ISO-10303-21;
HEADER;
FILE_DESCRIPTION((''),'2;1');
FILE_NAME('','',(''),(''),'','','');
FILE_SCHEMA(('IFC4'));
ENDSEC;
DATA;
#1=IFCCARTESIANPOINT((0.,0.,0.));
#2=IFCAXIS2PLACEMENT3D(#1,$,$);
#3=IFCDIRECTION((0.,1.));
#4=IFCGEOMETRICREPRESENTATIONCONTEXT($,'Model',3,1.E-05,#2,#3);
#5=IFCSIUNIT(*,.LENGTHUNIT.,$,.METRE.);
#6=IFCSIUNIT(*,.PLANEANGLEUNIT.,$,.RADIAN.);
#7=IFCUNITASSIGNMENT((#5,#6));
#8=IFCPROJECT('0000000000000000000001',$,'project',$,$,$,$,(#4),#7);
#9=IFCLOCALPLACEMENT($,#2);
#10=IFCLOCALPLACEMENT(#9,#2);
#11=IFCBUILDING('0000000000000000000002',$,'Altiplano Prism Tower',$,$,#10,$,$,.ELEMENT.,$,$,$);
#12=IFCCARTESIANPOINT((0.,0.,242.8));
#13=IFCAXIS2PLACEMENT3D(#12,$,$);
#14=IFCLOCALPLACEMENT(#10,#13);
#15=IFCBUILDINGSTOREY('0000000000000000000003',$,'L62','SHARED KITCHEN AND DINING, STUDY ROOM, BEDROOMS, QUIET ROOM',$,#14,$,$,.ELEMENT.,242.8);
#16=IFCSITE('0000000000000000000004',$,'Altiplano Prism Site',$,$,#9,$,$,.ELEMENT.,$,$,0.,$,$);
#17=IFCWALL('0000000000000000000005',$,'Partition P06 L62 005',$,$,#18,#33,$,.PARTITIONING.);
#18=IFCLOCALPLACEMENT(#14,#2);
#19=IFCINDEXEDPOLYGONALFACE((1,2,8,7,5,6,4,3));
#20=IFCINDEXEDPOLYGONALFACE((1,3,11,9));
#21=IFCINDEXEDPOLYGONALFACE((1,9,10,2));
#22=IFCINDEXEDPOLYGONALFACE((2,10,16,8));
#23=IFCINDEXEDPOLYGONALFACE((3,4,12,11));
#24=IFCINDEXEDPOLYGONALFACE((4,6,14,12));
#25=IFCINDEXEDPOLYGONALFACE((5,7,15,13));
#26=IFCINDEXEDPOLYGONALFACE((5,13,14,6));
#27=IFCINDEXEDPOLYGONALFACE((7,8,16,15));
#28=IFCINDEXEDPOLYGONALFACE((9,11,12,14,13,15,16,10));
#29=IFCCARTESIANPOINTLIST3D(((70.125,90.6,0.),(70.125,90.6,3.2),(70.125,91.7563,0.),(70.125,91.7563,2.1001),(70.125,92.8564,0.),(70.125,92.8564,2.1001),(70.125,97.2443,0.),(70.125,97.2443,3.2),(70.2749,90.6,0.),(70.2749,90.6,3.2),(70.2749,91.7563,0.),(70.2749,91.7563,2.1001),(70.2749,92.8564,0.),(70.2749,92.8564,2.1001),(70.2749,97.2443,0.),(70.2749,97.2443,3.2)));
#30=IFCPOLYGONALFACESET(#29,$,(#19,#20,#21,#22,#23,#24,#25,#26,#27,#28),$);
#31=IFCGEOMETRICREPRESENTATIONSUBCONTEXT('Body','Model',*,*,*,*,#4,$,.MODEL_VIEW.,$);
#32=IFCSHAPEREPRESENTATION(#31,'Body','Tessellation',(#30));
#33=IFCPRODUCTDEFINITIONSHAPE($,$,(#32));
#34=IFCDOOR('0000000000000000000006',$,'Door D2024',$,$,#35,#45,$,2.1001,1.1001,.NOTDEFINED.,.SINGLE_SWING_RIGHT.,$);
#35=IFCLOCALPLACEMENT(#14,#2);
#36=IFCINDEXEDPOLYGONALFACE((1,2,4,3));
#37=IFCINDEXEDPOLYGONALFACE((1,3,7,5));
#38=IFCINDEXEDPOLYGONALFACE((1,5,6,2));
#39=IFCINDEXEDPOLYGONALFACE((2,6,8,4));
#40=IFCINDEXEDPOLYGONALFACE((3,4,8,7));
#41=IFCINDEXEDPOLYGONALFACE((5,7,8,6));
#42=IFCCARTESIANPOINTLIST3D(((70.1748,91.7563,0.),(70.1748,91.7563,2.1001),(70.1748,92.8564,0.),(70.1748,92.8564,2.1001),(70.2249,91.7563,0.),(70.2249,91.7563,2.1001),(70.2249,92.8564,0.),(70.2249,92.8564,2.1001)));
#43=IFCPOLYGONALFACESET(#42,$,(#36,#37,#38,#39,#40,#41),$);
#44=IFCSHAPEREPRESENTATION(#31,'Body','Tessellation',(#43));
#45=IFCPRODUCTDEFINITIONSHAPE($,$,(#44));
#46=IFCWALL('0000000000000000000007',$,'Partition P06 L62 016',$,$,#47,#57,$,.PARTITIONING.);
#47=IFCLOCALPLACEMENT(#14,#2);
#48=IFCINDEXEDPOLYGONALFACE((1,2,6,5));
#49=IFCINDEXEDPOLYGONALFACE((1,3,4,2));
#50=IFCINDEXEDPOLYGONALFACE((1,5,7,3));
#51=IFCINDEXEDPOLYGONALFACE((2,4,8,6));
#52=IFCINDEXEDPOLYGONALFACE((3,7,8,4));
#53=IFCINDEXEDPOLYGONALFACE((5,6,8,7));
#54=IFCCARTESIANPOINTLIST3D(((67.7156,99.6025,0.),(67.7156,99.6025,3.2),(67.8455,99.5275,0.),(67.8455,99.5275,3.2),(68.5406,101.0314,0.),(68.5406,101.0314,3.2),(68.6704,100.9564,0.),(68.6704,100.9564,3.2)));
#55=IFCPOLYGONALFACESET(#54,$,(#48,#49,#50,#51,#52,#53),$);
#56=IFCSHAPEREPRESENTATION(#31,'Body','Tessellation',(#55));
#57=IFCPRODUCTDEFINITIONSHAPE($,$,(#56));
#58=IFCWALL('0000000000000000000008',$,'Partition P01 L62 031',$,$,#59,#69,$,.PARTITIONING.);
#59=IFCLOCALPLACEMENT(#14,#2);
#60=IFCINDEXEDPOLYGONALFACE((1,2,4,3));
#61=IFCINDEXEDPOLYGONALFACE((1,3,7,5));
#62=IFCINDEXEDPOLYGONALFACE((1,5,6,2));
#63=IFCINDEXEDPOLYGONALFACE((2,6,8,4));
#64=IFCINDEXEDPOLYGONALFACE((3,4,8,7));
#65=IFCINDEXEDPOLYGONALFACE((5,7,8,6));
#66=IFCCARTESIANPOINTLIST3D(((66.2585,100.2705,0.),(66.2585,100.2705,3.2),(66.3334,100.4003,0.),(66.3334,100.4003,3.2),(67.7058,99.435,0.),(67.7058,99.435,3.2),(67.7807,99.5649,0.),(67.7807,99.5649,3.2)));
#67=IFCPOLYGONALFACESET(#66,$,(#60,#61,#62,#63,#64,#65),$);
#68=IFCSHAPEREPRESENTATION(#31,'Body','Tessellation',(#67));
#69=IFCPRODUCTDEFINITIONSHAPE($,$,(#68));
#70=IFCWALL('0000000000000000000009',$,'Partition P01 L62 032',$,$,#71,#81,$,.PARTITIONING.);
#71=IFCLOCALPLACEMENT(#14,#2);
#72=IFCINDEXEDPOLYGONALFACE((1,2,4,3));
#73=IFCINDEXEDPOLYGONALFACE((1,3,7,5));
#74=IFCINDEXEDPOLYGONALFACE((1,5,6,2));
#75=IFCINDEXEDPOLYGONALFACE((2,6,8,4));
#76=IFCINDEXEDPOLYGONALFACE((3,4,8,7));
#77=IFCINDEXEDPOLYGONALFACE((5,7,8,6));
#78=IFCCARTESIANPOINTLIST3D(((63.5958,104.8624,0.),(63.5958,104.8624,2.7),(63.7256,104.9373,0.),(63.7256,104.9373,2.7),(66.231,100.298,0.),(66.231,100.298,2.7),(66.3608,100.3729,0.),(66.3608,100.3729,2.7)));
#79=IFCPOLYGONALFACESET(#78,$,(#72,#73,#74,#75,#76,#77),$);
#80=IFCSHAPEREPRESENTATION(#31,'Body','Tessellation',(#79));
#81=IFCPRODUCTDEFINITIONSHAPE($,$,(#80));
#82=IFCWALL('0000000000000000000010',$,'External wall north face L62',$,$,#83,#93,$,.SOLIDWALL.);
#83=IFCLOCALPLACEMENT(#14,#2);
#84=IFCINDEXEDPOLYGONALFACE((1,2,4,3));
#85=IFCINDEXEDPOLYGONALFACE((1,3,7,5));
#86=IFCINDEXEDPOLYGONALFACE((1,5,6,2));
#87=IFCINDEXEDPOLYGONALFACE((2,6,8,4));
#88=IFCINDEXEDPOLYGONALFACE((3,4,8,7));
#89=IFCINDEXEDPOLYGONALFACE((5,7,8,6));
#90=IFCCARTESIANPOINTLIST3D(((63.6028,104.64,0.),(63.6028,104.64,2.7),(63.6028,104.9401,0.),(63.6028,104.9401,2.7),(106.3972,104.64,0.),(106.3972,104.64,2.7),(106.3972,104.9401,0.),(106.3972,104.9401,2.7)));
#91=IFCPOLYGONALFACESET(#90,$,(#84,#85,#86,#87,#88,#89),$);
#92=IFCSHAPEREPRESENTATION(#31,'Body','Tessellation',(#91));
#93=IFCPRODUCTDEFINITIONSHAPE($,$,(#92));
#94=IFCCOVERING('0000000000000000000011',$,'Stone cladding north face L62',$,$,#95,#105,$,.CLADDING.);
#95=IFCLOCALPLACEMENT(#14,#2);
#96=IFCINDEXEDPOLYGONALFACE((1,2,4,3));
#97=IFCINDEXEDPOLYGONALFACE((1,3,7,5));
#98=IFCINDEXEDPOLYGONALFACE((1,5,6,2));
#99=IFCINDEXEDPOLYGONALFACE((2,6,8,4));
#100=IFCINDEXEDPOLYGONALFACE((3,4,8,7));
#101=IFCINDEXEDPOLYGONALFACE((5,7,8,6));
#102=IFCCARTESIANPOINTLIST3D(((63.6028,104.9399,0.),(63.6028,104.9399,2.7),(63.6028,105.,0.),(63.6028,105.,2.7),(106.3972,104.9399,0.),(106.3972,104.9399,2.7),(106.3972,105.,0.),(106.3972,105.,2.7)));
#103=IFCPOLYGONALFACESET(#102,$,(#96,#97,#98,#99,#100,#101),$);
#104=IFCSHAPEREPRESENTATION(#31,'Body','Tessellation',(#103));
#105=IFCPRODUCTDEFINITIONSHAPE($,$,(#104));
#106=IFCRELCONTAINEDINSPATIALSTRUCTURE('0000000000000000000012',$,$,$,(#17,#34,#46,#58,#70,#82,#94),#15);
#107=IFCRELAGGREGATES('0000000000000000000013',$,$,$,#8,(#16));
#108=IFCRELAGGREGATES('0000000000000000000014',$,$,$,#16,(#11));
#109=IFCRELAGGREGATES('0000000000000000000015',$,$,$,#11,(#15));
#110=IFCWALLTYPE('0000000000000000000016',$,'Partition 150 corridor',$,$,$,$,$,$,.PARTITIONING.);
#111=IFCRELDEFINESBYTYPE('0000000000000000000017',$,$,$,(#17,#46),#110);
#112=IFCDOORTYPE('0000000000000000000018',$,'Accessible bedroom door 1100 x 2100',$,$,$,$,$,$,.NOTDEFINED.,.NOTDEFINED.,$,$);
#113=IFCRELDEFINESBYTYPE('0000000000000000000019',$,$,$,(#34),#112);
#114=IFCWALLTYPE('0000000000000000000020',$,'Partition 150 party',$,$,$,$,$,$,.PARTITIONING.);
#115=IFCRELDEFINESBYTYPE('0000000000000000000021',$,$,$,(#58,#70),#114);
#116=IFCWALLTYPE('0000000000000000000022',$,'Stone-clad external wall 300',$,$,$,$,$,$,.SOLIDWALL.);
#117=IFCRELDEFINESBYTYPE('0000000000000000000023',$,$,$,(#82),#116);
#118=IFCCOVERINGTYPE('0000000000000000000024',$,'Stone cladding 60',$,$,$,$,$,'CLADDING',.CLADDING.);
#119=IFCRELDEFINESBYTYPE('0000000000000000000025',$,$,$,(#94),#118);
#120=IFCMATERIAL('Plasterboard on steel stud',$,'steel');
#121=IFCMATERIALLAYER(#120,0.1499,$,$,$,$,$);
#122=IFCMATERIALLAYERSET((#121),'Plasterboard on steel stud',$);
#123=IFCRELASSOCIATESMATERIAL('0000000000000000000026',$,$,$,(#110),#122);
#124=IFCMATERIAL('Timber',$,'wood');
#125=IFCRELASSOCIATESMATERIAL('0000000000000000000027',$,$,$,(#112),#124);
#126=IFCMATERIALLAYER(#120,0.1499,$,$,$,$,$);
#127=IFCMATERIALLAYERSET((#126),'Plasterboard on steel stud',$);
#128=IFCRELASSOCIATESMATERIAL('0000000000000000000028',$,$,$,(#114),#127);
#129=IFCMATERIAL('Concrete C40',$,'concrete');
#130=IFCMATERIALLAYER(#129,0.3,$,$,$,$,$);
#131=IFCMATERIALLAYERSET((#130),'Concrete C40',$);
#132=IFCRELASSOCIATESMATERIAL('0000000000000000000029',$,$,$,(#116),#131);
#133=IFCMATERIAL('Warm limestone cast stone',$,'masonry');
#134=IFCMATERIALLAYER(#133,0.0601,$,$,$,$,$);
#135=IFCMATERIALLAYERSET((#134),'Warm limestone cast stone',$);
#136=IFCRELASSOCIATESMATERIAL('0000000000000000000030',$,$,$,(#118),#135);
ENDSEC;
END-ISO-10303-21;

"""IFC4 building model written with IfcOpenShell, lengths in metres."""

from ifc_helpers import new_model, si_unit, direction, frame, frame_2d, origin, place, context, subcontext, project, spatial, rectangle, extrude, material, layer, layer_set, type_object, element, fill, save


model = new_model("IFC4")

# Units and contexts
model_context = context("Model", 3, precision=1e-05, world=origin(), true_north=direction((0.0, 1.0)))
body_context = subcontext(model_context, "Body", "Model", "MODEL_VIEW")
ifc_project = project(units=[si_unit("LENGTHUNIT", "METRE"), si_unit("PLANEANGLEUNIT", "RADIAN")], contexts=[model_context])

# Site, building, storey
site_placement = place(None, origin())
site = spatial("IfcSite", under=ifc_project, at=site_placement, Name="Altiplano Prism Site", CompositionType="ELEMENT", RefElevation=0.0)
building_placement = place(site_placement, origin())
building = spatial("IfcBuilding", under=site, at=building_placement, Name="Altiplano Prism Tower", CompositionType="ELEMENT")
storey_placement = place(building_placement, frame((0.0, 0.0, 242.8)))
storey = spatial("IfcBuildingStorey", under=building, at=storey_placement, Name="L62", Description="SHARED KITCHEN AND DINING, STUDY ROOM, BEDROOMS, QUIET ROOM", CompositionType="ELEMENT", Elevation=242.8)

# Shared definitions
ifc_material_1 = material(Name="Plasterboard on steel stud", Category="steel")
ifc_layer_1 = layer(ifc_material_1, 0.1499)
ifc_layer_set_1 = layer_set([ifc_layer_1], Name="Plasterboard on steel stud")
wall_type_1 = type_object("IfcWallType", Name="Partition 150 corridor", PredefinedType="PARTITIONING", material=ifc_layer_set_1)
ifc_material_2 = material(Name="Timber", Category="wood")

# Wall, opening, door
wall_1_placement = place(storey_placement, frame((70.2, 97.2444, 0.0), z_axis=(0.0, 0.0, 1.0), x_axis=(0.0, -1.0, 0.0)))
wall_1 = element("IfcWall", 1, at=wall_1_placement, inside=storey, type_object=wall_type_1, Name="Partition P06 L62 005", PredefinedType="PARTITIONING", context=body_context, shape_type="SweptSolid", body=[
    extrude(rectangle(XDim=6.6443, YDim=0.1499, at=frame_2d((3.3223, 0.0))), origin(), (0.0, 0.0, 1.0), 3.2),
])
opening_1_placement = place(wall_1_placement, frame((4.3879, 0.0, 0.0)))
opening_1 = element("IfcOpeningElement", 2, at=opening_1_placement, cuts=wall_1, PredefinedType="OPENING", context=body_context, shape_type="SweptSolid", body=[
    extrude(rectangle(XDim=1.1001, YDim=2.1001, at=frame_2d((0.55, 1.05))), frame((0.0, 0.0854, 0.0), z_axis=(0.0, -1.0, 0.0), x_axis=(1.0, 0.0, 0.0)), (0.0, 0.0, 1.0), 0.1709),
])
door_type_1 = type_object("IfcDoorType", Name="Accessible bedroom door 1100 x 2100", OperationType="NOTDEFINED", PredefinedType="NOTDEFINED", material=ifc_material_2)
door_1_placement = place(opening_1_placement, origin())
door_1 = element("IfcDoor", 3, at=door_1_placement, inside=storey, type_object=door_type_1, Name="Door D2024", OperationType="SINGLE_SWING_RIGHT", OverallHeight=2.1001, OverallWidth=1.1001, PredefinedType="NOTDEFINED", context=body_context, shape_type="SweptSolid", body=[
    extrude(rectangle(XDim=1.1001, YDim=2.1001, at=frame_2d((0.55, 1.05))), frame((0.0, 0.0249, 0.0), z_axis=(0.0, -1.0, 0.0), x_axis=(1.0, 0.0, 0.0)), (0.0, 0.0, 1.0), 0.05),
])
fill(opening_1, door_1)

# Walls
wall_2_placement = place(storey_placement, frame((68.6055, 100.9939, 0.0), z_axis=(0.0, 0.0, 1.0), x_axis=(-0.499974, -0.86604, 0.0)))
element("IfcWall", 4, at=wall_2_placement, inside=storey, type_object=wall_type_1, Name="Partition P06 L62 016", PredefinedType="PARTITIONING", context=body_context, shape_type="SweptSolid", body=[
    extrude(rectangle(XDim=1.6499, YDim=0.1499, at=frame_2d((0.825, 0.0))), origin(), (0.0, 0.0, 1.0), 3.2),
])
ifc_layer_2 = layer(ifc_material_1, 0.1499)
ifc_layer_set_2 = layer_set([ifc_layer_2], Name="Plasterboard on steel stud")
wall_type_2 = type_object("IfcWallType", Name="Partition 150 party", PredefinedType="PARTITIONING", material=ifc_layer_set_2)
wall_3_placement = place(storey_placement, frame((67.7432, 99.5, 0.0), z_axis=(0.0, 0.0, 1.0), x_axis=(-0.866059, 0.499942, 0.0)))
element("IfcWall", 5, at=wall_3_placement, inside=storey, type_object=wall_type_2, Name="Partition P01 L62 031", PredefinedType="PARTITIONING", context=body_context, shape_type="SweptSolid", body=[
    extrude(rectangle(XDim=1.6711, YDim=0.1499, at=frame_2d((0.8354, 0.0))), origin(), (0.0, 0.0, 1.0), 3.2),
])
wall_4_placement = place(storey_placement, frame((66.2959, 100.3354, 0.0), z_axis=(0.0, 0.0, 1.0), x_axis=(-0.499995, 0.866028, 0.0)))
element("IfcWall", 6, at=wall_4_placement, inside=storey, type_object=wall_type_2, Name="Partition P01 L62 032", PredefinedType="PARTITIONING", context=body_context, shape_type="SweptSolid", body=[
    extrude(rectangle(XDim=5.2705, YDim=0.1499, at=frame_2d((2.6353, 0.0))), origin(), (0.0, 0.0, 1.0), 2.7),
])
ifc_material_3 = material(Name="Concrete C40", Category="concrete")
ifc_layer_3 = layer(ifc_material_3, 0.3)
ifc_layer_set_3 = layer_set([ifc_layer_3], Name="Concrete C40")
wall_type_3 = type_object("IfcWallType", Name="Stone-clad external wall 300", PredefinedType="SOLIDWALL", material=ifc_layer_set_3)
wall_5_placement = place(storey_placement, frame((63.6028, 104.79, 0.0), z_axis=(0.0, 0.0, 1.0), x_axis=(1.0, 0.0, 0.0)))
element("IfcWall", 7, at=wall_5_placement, inside=storey, type_object=wall_type_3, Name="External wall north face L62", PredefinedType="SOLIDWALL", context=body_context, shape_type="SweptSolid", body=[
    extrude(rectangle(XDim=42.7944, YDim=0.3, at=frame_2d((21.3972, 0.0))), origin(), (0.0, 0.0, 1.0), 2.7),
])

# Covering
ifc_material_4 = material(Name="Warm limestone cast stone", Category="masonry")
ifc_layer_4 = layer(ifc_material_4, 0.0601)
ifc_layer_set_4 = layer_set([ifc_layer_4], Name="Warm limestone cast stone")
covering_type = type_object("IfcCoveringType", Name="Stone cladding 60", ElementType="CLADDING", PredefinedType="CLADDING", material=ifc_layer_set_4)
covering_placement = place(storey_placement, frame((63.6028, 104.97, 0.0), z_axis=(0.0, 0.0, 1.0), x_axis=(1.0, 0.0, 0.0)))
element("IfcCovering", 8, at=covering_placement, inside=storey, type_object=covering_type, Name="Stone cladding north face L62", PredefinedType="CLADDING", context=body_context, shape_type="SweptSolid", body=[
    extrude(rectangle(XDim=42.7944, YDim=0.0601, at=frame_2d((21.3972, 0.0))), origin(), (0.0, 0.0, 1.0), 2.7),
])

save(model, "model.ifc")
